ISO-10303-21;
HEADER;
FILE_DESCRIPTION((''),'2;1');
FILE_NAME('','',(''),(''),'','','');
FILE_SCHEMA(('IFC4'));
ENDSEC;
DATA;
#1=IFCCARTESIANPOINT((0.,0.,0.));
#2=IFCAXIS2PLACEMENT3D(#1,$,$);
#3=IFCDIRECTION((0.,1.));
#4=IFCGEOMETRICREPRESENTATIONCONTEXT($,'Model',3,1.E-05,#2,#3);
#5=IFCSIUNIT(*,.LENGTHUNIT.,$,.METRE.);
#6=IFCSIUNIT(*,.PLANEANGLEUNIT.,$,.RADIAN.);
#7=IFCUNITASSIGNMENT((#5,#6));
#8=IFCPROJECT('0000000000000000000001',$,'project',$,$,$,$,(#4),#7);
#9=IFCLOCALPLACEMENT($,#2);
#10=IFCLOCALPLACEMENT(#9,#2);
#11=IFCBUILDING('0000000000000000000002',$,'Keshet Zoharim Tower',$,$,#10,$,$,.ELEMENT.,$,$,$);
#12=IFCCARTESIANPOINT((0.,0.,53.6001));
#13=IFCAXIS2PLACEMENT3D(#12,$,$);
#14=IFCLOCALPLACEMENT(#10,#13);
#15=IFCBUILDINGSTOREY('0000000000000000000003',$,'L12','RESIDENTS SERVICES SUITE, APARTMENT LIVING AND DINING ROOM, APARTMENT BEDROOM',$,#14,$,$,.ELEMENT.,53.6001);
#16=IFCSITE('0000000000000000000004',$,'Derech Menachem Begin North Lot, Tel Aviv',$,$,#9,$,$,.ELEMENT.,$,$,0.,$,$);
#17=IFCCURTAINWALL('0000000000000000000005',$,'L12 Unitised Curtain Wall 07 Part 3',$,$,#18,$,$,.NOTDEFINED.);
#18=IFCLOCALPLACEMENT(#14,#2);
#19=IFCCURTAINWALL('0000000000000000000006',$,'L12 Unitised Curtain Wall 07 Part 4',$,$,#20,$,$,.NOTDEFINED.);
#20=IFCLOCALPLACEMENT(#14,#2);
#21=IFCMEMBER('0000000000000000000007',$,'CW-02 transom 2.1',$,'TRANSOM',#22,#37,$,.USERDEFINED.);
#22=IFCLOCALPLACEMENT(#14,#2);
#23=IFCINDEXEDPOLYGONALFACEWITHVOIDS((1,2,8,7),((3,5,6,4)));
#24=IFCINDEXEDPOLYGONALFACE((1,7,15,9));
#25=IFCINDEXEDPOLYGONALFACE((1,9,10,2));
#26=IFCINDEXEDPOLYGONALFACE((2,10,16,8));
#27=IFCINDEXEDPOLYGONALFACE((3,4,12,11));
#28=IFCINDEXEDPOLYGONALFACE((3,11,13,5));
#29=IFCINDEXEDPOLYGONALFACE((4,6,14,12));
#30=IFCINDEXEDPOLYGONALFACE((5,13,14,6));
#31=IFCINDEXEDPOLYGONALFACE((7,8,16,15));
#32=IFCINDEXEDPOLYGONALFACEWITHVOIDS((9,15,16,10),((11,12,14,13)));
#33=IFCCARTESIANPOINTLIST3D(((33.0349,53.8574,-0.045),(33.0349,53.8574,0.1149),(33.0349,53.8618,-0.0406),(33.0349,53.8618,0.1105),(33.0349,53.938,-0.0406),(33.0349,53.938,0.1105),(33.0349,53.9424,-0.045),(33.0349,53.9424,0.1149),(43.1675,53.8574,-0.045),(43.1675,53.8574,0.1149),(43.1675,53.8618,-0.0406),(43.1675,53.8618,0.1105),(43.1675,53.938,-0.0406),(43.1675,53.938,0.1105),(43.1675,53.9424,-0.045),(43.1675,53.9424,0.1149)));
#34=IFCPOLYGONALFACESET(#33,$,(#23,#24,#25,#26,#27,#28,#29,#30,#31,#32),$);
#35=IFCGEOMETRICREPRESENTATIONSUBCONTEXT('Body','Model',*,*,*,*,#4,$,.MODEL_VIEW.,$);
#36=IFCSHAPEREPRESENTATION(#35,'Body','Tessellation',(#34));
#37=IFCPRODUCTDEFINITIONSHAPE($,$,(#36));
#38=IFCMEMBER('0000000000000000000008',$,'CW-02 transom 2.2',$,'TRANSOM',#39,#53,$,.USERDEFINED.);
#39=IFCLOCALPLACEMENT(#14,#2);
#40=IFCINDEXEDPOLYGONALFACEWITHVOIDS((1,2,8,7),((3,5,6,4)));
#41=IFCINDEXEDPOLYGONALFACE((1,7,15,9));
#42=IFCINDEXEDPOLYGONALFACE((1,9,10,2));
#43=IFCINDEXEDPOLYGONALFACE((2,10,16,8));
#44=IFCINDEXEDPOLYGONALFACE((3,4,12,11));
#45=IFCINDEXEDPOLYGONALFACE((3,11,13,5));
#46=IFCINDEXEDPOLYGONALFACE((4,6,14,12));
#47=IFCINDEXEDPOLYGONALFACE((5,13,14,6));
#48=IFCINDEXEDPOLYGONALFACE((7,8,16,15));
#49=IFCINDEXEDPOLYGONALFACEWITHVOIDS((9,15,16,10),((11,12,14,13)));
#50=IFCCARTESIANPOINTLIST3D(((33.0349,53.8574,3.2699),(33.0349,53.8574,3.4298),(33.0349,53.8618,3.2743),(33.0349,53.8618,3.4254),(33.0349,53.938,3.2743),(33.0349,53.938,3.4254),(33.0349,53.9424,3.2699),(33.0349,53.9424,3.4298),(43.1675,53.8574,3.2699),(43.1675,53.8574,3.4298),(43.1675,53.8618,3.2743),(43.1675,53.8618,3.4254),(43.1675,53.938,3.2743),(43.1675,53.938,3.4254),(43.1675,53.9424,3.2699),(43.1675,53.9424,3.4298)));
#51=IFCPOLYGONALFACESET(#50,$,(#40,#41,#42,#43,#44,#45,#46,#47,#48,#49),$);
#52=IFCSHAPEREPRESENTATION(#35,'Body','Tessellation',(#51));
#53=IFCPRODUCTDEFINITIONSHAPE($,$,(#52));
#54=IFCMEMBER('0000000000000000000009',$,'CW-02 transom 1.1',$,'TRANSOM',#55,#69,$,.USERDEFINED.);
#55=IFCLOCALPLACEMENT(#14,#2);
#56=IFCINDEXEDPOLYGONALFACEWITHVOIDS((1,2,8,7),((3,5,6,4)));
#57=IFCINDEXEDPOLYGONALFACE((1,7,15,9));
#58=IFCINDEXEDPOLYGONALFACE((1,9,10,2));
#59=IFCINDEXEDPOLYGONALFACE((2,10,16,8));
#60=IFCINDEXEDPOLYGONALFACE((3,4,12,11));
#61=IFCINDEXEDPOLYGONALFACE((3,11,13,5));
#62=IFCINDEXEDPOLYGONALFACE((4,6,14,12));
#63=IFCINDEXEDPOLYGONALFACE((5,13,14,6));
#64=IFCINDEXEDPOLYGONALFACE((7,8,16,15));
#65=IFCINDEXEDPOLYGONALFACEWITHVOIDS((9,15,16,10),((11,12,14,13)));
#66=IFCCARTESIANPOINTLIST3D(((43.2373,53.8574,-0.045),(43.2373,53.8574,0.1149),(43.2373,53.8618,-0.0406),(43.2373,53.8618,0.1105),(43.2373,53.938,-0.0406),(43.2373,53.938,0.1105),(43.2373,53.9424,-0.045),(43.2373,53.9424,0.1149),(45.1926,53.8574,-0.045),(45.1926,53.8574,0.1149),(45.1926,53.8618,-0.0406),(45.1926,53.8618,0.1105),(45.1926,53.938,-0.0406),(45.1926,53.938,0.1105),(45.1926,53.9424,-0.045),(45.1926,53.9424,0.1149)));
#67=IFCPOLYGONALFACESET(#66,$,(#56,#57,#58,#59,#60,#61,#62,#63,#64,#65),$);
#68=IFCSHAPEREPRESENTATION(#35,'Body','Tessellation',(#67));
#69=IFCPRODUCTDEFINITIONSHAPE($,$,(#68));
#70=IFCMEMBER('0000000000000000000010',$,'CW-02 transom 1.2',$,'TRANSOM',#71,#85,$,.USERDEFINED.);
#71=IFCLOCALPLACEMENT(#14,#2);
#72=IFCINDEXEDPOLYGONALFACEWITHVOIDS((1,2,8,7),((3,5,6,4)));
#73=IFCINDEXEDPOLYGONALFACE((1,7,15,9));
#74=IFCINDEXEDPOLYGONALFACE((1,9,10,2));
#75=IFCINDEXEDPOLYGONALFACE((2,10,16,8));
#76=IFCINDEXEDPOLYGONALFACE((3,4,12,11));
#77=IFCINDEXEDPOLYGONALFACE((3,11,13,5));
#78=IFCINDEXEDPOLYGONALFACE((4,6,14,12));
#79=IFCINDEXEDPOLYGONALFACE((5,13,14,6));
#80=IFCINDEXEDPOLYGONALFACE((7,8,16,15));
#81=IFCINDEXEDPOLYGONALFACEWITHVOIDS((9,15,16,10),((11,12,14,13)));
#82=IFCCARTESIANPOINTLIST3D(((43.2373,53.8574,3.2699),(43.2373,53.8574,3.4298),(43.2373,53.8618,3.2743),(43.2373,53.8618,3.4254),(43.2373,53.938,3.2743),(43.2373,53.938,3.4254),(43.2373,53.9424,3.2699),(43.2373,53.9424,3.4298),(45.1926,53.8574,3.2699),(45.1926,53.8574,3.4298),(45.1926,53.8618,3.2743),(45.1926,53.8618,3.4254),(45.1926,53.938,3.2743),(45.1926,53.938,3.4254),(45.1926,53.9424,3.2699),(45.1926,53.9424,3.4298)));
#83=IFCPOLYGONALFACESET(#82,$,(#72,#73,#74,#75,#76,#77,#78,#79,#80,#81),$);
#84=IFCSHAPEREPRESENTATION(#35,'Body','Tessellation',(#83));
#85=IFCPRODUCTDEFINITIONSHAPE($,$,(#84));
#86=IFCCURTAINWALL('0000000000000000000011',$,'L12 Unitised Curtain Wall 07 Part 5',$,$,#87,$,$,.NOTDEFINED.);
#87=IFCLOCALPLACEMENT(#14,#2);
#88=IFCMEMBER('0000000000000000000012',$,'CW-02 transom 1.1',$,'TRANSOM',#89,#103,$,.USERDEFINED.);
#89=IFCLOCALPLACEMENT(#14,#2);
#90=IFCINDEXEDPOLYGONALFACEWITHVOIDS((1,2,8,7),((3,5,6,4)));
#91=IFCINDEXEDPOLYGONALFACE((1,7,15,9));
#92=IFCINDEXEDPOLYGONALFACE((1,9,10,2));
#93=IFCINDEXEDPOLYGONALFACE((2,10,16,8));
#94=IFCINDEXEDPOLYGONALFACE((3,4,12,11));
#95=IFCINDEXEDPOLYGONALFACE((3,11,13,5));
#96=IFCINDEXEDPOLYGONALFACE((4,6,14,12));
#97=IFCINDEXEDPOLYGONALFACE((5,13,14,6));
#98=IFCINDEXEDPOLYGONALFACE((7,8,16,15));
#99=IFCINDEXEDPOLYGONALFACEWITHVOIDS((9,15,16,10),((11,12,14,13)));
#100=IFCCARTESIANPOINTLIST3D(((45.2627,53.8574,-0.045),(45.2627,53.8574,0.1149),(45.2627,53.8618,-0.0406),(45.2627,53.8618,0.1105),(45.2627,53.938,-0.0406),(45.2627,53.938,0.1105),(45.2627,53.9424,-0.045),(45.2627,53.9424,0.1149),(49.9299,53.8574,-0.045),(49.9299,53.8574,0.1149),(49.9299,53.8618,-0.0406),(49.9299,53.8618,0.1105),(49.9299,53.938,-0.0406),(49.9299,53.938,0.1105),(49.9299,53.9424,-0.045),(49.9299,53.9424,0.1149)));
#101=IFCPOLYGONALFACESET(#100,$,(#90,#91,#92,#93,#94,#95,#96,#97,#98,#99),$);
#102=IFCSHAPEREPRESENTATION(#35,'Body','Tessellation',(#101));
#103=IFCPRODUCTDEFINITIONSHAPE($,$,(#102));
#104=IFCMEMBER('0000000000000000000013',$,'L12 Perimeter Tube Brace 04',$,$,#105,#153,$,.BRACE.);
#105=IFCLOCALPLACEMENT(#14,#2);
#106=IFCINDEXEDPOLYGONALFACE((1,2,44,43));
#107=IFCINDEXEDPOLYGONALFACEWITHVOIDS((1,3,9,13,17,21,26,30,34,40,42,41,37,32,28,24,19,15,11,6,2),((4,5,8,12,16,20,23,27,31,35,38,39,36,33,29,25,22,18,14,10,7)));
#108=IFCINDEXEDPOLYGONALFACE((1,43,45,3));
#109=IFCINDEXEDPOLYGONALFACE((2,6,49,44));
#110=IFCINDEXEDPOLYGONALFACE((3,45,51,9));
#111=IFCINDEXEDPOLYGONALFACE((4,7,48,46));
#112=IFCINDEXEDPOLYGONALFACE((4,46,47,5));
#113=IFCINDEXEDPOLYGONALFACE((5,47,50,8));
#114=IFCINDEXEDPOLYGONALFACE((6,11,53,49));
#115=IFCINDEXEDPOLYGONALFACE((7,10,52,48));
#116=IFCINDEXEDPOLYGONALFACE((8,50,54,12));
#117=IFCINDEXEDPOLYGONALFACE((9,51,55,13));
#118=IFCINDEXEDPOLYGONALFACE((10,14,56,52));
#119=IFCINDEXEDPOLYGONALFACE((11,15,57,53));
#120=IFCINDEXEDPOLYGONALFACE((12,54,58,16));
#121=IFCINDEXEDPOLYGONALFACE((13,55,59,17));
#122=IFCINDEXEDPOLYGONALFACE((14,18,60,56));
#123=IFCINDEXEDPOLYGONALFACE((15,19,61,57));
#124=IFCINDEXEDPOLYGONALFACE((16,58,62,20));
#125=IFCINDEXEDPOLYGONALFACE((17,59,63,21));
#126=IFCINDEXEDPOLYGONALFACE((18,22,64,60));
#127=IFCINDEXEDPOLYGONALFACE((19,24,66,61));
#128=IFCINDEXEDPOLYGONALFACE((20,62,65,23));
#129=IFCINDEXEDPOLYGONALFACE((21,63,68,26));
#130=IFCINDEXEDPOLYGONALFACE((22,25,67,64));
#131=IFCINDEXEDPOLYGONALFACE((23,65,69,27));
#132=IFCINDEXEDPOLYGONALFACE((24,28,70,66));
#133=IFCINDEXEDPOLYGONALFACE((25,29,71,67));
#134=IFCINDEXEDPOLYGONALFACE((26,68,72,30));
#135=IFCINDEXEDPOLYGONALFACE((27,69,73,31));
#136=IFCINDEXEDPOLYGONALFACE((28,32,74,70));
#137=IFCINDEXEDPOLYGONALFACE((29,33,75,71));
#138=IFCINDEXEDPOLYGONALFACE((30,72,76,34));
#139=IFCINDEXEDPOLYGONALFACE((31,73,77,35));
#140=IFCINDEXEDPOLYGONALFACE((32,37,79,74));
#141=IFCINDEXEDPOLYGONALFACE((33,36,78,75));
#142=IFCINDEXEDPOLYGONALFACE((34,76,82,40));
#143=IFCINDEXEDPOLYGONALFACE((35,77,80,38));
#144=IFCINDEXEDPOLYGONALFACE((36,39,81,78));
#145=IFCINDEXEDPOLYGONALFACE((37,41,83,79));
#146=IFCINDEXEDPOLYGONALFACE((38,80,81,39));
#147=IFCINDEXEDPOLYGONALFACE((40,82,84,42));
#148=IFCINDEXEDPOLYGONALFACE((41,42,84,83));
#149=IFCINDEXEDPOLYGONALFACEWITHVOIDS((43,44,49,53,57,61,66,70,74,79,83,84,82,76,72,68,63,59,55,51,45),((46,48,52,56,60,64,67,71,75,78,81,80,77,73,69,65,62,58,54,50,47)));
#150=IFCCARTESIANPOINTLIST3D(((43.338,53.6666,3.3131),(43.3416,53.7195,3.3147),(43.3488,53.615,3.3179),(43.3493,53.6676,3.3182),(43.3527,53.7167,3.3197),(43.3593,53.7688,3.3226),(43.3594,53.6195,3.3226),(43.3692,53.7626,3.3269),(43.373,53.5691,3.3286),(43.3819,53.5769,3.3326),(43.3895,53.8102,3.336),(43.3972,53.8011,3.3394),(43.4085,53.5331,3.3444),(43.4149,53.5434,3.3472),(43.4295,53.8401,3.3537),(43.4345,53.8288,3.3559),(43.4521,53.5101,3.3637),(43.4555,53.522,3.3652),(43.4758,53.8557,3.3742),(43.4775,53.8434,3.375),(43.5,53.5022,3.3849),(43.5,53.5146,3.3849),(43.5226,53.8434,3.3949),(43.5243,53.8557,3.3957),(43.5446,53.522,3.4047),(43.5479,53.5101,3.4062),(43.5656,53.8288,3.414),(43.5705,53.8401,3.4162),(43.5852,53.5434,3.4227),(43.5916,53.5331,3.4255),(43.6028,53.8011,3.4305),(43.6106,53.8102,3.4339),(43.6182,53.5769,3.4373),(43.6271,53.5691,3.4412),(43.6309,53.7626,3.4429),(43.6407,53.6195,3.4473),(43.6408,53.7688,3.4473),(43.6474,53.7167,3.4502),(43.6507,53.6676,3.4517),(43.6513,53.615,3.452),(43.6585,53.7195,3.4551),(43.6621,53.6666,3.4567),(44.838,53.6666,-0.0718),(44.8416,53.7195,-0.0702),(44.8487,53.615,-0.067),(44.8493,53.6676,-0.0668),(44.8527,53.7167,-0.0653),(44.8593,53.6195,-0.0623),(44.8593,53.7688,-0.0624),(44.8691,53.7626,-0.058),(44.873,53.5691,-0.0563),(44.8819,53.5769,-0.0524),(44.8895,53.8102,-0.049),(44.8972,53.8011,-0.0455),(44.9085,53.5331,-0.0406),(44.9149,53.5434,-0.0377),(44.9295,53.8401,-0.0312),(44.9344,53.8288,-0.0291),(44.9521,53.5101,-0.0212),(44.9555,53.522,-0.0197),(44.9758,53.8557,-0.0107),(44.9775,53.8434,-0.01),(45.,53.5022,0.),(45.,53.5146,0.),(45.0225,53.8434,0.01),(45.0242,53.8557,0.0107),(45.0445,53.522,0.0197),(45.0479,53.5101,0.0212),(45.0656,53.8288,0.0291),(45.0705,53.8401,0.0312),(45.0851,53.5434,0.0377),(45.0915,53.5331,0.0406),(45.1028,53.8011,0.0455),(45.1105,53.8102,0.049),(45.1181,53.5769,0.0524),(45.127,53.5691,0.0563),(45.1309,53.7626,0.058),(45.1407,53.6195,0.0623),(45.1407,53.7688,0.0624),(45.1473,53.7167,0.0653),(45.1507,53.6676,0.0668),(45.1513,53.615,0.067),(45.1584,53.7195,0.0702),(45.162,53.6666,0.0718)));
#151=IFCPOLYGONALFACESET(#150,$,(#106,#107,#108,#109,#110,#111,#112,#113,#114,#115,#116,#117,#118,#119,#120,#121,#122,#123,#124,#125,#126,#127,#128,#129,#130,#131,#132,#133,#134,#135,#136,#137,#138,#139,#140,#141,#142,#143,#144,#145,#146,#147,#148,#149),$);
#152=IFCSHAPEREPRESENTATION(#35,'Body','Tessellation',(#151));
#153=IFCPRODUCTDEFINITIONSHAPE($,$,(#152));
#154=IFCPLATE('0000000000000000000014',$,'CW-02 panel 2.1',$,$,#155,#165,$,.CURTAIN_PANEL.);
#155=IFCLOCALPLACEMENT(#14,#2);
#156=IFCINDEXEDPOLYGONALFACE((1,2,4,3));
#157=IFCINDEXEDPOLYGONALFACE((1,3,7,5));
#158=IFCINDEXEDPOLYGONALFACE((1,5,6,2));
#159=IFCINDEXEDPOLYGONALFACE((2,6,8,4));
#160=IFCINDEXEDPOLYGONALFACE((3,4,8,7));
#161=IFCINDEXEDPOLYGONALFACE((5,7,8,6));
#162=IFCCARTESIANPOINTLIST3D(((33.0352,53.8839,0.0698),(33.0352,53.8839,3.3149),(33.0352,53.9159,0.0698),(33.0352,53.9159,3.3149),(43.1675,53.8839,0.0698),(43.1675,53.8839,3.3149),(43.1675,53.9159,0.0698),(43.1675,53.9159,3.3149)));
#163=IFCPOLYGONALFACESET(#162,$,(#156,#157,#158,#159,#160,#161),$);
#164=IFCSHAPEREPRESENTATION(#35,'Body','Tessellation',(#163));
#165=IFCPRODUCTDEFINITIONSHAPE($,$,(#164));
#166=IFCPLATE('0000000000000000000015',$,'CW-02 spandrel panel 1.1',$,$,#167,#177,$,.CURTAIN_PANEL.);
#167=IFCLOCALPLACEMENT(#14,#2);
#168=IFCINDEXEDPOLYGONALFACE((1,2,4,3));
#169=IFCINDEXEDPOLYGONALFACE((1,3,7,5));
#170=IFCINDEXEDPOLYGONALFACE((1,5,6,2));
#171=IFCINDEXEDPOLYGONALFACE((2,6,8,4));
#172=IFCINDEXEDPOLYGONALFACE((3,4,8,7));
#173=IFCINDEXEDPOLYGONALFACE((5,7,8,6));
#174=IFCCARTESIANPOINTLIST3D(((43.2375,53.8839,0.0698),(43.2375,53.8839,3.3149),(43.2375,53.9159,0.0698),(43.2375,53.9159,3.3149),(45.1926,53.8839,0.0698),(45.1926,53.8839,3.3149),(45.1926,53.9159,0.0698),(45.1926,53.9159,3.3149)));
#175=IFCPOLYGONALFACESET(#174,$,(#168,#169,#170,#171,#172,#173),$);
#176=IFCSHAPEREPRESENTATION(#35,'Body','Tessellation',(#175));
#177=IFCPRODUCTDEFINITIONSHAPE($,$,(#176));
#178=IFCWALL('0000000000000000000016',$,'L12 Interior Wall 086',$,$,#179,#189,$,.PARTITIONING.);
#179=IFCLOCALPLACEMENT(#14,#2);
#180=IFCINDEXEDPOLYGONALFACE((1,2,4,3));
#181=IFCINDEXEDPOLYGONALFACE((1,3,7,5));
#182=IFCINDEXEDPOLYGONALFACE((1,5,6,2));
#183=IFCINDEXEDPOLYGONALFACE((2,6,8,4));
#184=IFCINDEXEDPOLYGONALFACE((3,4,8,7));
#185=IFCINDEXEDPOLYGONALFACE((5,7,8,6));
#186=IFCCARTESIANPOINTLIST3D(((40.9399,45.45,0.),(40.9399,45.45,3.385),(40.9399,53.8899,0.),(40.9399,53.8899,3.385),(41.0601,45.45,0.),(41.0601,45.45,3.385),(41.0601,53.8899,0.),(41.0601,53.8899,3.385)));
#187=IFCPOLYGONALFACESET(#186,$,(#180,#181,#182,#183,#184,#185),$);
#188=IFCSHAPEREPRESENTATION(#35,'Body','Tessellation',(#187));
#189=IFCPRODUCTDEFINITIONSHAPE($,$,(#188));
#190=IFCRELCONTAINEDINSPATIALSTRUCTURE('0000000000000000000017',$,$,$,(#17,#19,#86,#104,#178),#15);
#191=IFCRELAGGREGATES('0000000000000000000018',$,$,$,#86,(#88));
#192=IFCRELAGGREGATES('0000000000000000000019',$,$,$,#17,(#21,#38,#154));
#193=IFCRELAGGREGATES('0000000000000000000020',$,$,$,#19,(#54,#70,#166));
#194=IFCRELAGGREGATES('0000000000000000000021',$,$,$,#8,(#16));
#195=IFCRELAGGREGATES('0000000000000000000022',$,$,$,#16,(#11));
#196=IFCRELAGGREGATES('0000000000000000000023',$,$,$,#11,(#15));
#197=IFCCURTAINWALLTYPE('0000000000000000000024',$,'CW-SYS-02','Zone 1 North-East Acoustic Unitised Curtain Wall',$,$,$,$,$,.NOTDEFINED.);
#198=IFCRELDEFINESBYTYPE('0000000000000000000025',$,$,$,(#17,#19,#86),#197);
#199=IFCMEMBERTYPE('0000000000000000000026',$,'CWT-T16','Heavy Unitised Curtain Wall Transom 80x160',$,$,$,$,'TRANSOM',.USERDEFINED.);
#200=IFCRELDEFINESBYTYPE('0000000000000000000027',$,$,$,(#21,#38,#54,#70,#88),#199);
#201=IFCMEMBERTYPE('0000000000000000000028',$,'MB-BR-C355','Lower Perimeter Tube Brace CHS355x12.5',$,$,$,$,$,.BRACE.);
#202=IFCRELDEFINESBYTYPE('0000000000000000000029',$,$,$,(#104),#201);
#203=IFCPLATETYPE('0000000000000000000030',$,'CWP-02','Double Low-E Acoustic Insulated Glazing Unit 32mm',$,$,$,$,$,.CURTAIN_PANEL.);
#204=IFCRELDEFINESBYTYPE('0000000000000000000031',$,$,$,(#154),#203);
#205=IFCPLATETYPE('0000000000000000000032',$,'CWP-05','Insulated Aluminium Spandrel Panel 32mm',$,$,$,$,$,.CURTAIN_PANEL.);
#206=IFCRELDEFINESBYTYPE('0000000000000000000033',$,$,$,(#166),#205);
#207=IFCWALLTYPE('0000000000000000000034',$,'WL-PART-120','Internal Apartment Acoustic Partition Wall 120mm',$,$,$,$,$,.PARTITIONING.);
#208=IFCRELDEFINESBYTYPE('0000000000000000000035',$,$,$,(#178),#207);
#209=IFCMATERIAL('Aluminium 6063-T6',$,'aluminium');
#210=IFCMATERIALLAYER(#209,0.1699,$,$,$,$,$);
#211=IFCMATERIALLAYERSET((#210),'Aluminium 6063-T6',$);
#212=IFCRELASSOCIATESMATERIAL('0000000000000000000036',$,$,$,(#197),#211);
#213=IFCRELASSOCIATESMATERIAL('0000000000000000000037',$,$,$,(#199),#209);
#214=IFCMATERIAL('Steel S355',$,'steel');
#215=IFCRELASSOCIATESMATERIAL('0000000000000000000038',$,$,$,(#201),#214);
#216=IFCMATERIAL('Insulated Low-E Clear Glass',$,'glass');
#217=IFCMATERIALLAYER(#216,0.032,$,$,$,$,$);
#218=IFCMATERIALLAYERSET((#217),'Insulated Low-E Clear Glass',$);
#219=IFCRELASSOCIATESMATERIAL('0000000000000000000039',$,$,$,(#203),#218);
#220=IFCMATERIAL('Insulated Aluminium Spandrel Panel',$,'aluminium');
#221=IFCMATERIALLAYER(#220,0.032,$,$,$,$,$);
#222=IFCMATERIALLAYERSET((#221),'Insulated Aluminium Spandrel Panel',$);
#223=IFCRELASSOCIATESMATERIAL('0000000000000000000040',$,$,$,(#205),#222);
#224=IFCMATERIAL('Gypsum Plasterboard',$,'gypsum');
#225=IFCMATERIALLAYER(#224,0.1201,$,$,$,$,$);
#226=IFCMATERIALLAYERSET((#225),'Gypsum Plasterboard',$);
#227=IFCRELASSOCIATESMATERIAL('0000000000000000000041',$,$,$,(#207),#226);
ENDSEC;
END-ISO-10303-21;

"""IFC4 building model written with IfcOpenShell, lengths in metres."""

from ifc_helpers import new_model, si_unit, direction, frame, frame_2d, origin, origin_2d, place, context, subcontext, project, spatial, rectangle, hollow_rectangle, hollow_circle, extrude, material, layer, layer_set, material_profile, profile_set, type_object, element, aggregate, save


model = new_model("IFC4")

# Units and contexts
model_context = context("Model", 3, precision=1e-05, world=origin(), true_north=direction((0.0, 1.0)))
body_context = subcontext(model_context, "Body", "Model", "MODEL_VIEW")
ifc_project = project(units=[si_unit("LENGTHUNIT", "METRE"), si_unit("PLANEANGLEUNIT", "RADIAN")], contexts=[model_context])

# Site, building, storey
site_placement = place(None, origin())
site = spatial("IfcSite", under=ifc_project, at=site_placement, Name="Derech Menachem Begin North Lot, Tel Aviv", CompositionType="ELEMENT", RefElevation=0.0)
building_placement = place(site_placement, origin())
building = spatial("IfcBuilding", under=site, at=building_placement, Name="Keshet Zoharim Tower", CompositionType="ELEMENT")
storey_placement = place(building_placement, frame((0.0, 0.0, 53.6001)))
storey = spatial("IfcBuildingStorey", under=building, at=storey_placement, Name="L12", Description="RESIDENTS SERVICES SUITE, APARTMENT LIVING AND DINING ROOM, APARTMENT BEDROOM", CompositionType="ELEMENT", Elevation=53.6001)

# Shared definitions
ifc_material_1 = material(Name="Steel S355", Category="steel")

# Curtain wall
ifc_material_2 = material(Name="Aluminium 6063-T6", Category="aluminium")
ifc_layer_1 = layer(ifc_material_2, 0.1699)
ifc_layer_set_1 = layer_set([ifc_layer_1], Name="Aluminium 6063-T6")
curtain_wall_type = type_object("IfcCurtainWallType", Name="CW-SYS-02", Description="Zone 1 North-East Acoustic Unitised Curtain Wall", PredefinedType="NOTDEFINED", material=ifc_layer_set_1)
curtain_wall_1_placement = place(storey_placement, origin())
curtain_wall_1 = element("IfcCurtainWall", 1, at=curtain_wall_1_placement, inside=storey, type_object=curtain_wall_type, Name="L12 Unitised Curtain Wall 07 Part 3", PredefinedType="NOTDEFINED")

# Curtain wall
curtain_wall_2_placement = place(storey_placement, origin())
curtain_wall_2 = element("IfcCurtainWall", 2, at=curtain_wall_2_placement, inside=storey, type_object=curtain_wall_type, Name="L12 Unitised Curtain Wall 07 Part 4", PredefinedType="NOTDEFINED")

# Members
ifc_material_profile_1 = material_profile(ifc_material_2, hollow_rectangle(XDim=0.085, YDim=0.1599, WallThickness=0.0044, at=origin_2d()), Name="TRN-85x160")
ifc_profile_set_1 = profile_set([ifc_material_profile_1], Name="Aluminium 6063-T6")
member_type_1 = type_object("IfcMemberType", Name="CWT-T16", Description="Heavy Unitised Curtain Wall Transom 80x160", ElementType="TRANSOM", PredefinedType="USERDEFINED", material=ifc_profile_set_1)
member_1_placement = place(storey_placement, frame((33.0349, 53.8999, 0.0349), z_axis=(1.0, 0.0, 0.0), x_axis=(0.0, 1.0, 0.0)))
member_1 = element("IfcMember", 3, at=member_1_placement, type_object=member_type_1, Name="CW-02 transom 2.1", ObjectType="TRANSOM", PredefinedType="USERDEFINED", context=body_context, shape_type="SweptSolid", body=[
    extrude(hollow_rectangle(XDim=0.085, YDim=0.1599, WallThickness=0.0044, at=origin_2d()), origin(), (0.0, 0.0, 1.0), 10.1326),
])
member_2_placement = place(storey_placement, frame((33.0349, 53.8999, 3.3499), z_axis=(1.0, 0.0, 0.0), x_axis=(0.0, 1.0, 0.0)))
member_2 = element("IfcMember", 4, at=member_2_placement, type_object=member_type_1, Name="CW-02 transom 2.2", ObjectType="TRANSOM", PredefinedType="USERDEFINED", context=body_context, shape_type="SweptSolid", body=[
    extrude(hollow_rectangle(XDim=0.085, YDim=0.1599, WallThickness=0.0044, at=origin_2d()), origin(), (0.0, 0.0, 1.0), 10.1326),
])
member_3_placement = place(storey_placement, frame((43.2373, 53.8999, 0.0349), z_axis=(1.0, 0.0, 0.0), x_axis=(0.0, 1.0, 0.0)))
member_3 = element("IfcMember", 5, at=member_3_placement, type_object=member_type_1, Name="CW-02 transom 1.1", ObjectType="TRANSOM", PredefinedType="USERDEFINED", context=body_context, shape_type="SweptSolid", body=[
    extrude(hollow_rectangle(XDim=0.085, YDim=0.1599, WallThickness=0.0044, at=origin_2d()), origin(), (0.0, 0.0, 1.0), 1.9553),
])
member_4_placement = place(storey_placement, frame((43.2373, 53.8999, 3.3499), z_axis=(1.0, 0.0, 0.0), x_axis=(0.0, 1.0, 0.0)))
member_4 = element("IfcMember", 6, at=member_4_placement, type_object=member_type_1, Name="CW-02 transom 1.2", ObjectType="TRANSOM", PredefinedType="USERDEFINED", context=body_context, shape_type="SweptSolid", body=[
    extrude(hollow_rectangle(XDim=0.085, YDim=0.1599, WallThickness=0.0044, at=origin_2d()), origin(), (0.0, 0.0, 1.0), 1.9553),
])

# Curtain wall, member
curtain_wall_3_placement = place(storey_placement, origin())
curtain_wall_3 = element("IfcCurtainWall", 7, at=curtain_wall_3_placement, inside=storey, type_object=curtain_wall_type, Name="L12 Unitised Curtain Wall 07 Part 5", PredefinedType="NOTDEFINED")
member_5_placement = place(storey_placement, frame((45.2627, 53.8999, 0.0349), z_axis=(1.0, 0.0, 0.0), x_axis=(0.0, 1.0, 0.0)))
member_5 = element("IfcMember", 8, at=member_5_placement, type_object=member_type_1, Name="CW-02 transom 1.1", ObjectType="TRANSOM", PredefinedType="USERDEFINED", context=body_context, shape_type="SweptSolid", body=[
    extrude(hollow_rectangle(XDim=0.085, YDim=0.1599, WallThickness=0.0044, at=origin_2d()), origin(), (0.0, 0.0, 1.0), 4.6672),
])
aggregate(curtain_wall_3, [member_5])

# Member
ifc_material_profile_2 = material_profile(ifc_material_1, hollow_circle(Radius=0.1777, WallThickness=0.0125, at=origin_2d()), Name="CHS355x12.5")
ifc_profile_set_2 = profile_set([ifc_material_profile_2], Name="Steel S355")
member_type_2 = type_object("IfcMemberType", Name="MB-BR-C355", Description="Lower Perimeter Tube Brace CHS355x12.5", PredefinedType="BRACE", material=ifc_profile_set_2)
member_6_placement = place(storey_placement, frame((45.0, 53.6799, 0.0), z_axis=(-0.405135, 0.0, 0.914257), x_axis=(0.0, -1.0, 0.0)))
element("IfcMember", 9, at=member_6_placement, inside=storey, type_object=member_type_2, Name="L12 Perimeter Tube Brace 04", PredefinedType="BRACE", context=body_context, shape_type="SweptSolid", body=[
    extrude(hollow_circle(Radius=0.1777, WallThickness=0.0125, at=origin_2d()), origin(), (0.0, 0.0, 1.0), 3.7024),
])

# Plates
ifc_material_3 = material(Name="Insulated Low-E Clear Glass", Category="glass")
ifc_layer_2 = layer(ifc_material_3, 0.032)
ifc_layer_set_2 = layer_set([ifc_layer_2], Name="Insulated Low-E Clear Glass")
plate_type_1 = type_object("IfcPlateType", Name="CWP-02", Description="Double Low-E Acoustic Insulated Glazing Unit 32mm", PredefinedType="CURTAIN_PANEL", material=ifc_layer_set_2)
plate_1_placement = place(storey_placement, frame((38.1013, 53.8999, 0.0698), z_axis=(0.0, 0.0, 1.0), x_axis=(1.0, 0.0, 0.0)))
plate_1 = element("IfcPlate", 10, at=plate_1_placement, type_object=plate_type_1, Name="CW-02 panel 2.1", PredefinedType="CURTAIN_PANEL", context=body_context, shape_type="SweptSolid", body=[
    extrude(rectangle(XDim=10.1323, YDim=0.032, at=origin_2d()), origin(), (0.0, 0.0, 1.0), 3.2451),
])
aggregate(curtain_wall_1, [member_1, member_2, plate_1])
ifc_material_4 = material(Name="Insulated Aluminium Spandrel Panel", Category="aluminium")
ifc_layer_3 = layer(ifc_material_4, 0.032)
ifc_layer_set_3 = layer_set([ifc_layer_3], Name="Insulated Aluminium Spandrel Panel")
plate_type_2 = type_object("IfcPlateType", Name="CWP-05", Description="Insulated Aluminium Spandrel Panel 32mm", PredefinedType="CURTAIN_PANEL", material=ifc_layer_set_3)
plate_2_placement = place(storey_placement, frame((44.2151, 53.8999, 0.0698), z_axis=(0.0, 0.0, 1.0), x_axis=(1.0, 0.0, 0.0)))
plate_2 = element("IfcPlate", 11, at=plate_2_placement, type_object=plate_type_2, Name="CW-02 spandrel panel 1.1", PredefinedType="CURTAIN_PANEL", context=body_context, shape_type="SweptSolid", body=[
    extrude(rectangle(XDim=1.9551, YDim=0.032, at=origin_2d()), origin(), (0.0, 0.0, 1.0), 3.2451),
])
aggregate(curtain_wall_2, [member_3, member_4, plate_2])

# Wall
ifc_material_5 = material(Name="Gypsum Plasterboard", Category="gypsum")
ifc_layer_4 = layer(ifc_material_5, 0.1201)
ifc_layer_set_4 = layer_set([ifc_layer_4], Name="Gypsum Plasterboard")
wall_type = type_object("IfcWallType", Name="WL-PART-120", Description="Internal Apartment Acoustic Partition Wall 120mm", PredefinedType="PARTITIONING", material=ifc_layer_set_4)
for number, where, z_axis, x_axis, name in (
    (12, (41.0, 45.45, 0.0), (0.0, 0.0, 1.0), (0.0, 1.0, 0.0), "L12 Interior Wall 086"),
):
    element("IfcWall", number, at=place(storey_placement, frame(where, z_axis=z_axis, x_axis=x_axis)), inside=storey, type_object=wall_type, Name=name, PredefinedType="PARTITIONING", context=body_context, shape_type="SweptSolid", body=[
        extrude(rectangle(XDim=8.4399, YDim=0.1201, at=frame_2d((4.22, 0.0))), origin(), (0.0, 0.0, 1.0), 3.385),
    ])

save(model, "model.ifc")
